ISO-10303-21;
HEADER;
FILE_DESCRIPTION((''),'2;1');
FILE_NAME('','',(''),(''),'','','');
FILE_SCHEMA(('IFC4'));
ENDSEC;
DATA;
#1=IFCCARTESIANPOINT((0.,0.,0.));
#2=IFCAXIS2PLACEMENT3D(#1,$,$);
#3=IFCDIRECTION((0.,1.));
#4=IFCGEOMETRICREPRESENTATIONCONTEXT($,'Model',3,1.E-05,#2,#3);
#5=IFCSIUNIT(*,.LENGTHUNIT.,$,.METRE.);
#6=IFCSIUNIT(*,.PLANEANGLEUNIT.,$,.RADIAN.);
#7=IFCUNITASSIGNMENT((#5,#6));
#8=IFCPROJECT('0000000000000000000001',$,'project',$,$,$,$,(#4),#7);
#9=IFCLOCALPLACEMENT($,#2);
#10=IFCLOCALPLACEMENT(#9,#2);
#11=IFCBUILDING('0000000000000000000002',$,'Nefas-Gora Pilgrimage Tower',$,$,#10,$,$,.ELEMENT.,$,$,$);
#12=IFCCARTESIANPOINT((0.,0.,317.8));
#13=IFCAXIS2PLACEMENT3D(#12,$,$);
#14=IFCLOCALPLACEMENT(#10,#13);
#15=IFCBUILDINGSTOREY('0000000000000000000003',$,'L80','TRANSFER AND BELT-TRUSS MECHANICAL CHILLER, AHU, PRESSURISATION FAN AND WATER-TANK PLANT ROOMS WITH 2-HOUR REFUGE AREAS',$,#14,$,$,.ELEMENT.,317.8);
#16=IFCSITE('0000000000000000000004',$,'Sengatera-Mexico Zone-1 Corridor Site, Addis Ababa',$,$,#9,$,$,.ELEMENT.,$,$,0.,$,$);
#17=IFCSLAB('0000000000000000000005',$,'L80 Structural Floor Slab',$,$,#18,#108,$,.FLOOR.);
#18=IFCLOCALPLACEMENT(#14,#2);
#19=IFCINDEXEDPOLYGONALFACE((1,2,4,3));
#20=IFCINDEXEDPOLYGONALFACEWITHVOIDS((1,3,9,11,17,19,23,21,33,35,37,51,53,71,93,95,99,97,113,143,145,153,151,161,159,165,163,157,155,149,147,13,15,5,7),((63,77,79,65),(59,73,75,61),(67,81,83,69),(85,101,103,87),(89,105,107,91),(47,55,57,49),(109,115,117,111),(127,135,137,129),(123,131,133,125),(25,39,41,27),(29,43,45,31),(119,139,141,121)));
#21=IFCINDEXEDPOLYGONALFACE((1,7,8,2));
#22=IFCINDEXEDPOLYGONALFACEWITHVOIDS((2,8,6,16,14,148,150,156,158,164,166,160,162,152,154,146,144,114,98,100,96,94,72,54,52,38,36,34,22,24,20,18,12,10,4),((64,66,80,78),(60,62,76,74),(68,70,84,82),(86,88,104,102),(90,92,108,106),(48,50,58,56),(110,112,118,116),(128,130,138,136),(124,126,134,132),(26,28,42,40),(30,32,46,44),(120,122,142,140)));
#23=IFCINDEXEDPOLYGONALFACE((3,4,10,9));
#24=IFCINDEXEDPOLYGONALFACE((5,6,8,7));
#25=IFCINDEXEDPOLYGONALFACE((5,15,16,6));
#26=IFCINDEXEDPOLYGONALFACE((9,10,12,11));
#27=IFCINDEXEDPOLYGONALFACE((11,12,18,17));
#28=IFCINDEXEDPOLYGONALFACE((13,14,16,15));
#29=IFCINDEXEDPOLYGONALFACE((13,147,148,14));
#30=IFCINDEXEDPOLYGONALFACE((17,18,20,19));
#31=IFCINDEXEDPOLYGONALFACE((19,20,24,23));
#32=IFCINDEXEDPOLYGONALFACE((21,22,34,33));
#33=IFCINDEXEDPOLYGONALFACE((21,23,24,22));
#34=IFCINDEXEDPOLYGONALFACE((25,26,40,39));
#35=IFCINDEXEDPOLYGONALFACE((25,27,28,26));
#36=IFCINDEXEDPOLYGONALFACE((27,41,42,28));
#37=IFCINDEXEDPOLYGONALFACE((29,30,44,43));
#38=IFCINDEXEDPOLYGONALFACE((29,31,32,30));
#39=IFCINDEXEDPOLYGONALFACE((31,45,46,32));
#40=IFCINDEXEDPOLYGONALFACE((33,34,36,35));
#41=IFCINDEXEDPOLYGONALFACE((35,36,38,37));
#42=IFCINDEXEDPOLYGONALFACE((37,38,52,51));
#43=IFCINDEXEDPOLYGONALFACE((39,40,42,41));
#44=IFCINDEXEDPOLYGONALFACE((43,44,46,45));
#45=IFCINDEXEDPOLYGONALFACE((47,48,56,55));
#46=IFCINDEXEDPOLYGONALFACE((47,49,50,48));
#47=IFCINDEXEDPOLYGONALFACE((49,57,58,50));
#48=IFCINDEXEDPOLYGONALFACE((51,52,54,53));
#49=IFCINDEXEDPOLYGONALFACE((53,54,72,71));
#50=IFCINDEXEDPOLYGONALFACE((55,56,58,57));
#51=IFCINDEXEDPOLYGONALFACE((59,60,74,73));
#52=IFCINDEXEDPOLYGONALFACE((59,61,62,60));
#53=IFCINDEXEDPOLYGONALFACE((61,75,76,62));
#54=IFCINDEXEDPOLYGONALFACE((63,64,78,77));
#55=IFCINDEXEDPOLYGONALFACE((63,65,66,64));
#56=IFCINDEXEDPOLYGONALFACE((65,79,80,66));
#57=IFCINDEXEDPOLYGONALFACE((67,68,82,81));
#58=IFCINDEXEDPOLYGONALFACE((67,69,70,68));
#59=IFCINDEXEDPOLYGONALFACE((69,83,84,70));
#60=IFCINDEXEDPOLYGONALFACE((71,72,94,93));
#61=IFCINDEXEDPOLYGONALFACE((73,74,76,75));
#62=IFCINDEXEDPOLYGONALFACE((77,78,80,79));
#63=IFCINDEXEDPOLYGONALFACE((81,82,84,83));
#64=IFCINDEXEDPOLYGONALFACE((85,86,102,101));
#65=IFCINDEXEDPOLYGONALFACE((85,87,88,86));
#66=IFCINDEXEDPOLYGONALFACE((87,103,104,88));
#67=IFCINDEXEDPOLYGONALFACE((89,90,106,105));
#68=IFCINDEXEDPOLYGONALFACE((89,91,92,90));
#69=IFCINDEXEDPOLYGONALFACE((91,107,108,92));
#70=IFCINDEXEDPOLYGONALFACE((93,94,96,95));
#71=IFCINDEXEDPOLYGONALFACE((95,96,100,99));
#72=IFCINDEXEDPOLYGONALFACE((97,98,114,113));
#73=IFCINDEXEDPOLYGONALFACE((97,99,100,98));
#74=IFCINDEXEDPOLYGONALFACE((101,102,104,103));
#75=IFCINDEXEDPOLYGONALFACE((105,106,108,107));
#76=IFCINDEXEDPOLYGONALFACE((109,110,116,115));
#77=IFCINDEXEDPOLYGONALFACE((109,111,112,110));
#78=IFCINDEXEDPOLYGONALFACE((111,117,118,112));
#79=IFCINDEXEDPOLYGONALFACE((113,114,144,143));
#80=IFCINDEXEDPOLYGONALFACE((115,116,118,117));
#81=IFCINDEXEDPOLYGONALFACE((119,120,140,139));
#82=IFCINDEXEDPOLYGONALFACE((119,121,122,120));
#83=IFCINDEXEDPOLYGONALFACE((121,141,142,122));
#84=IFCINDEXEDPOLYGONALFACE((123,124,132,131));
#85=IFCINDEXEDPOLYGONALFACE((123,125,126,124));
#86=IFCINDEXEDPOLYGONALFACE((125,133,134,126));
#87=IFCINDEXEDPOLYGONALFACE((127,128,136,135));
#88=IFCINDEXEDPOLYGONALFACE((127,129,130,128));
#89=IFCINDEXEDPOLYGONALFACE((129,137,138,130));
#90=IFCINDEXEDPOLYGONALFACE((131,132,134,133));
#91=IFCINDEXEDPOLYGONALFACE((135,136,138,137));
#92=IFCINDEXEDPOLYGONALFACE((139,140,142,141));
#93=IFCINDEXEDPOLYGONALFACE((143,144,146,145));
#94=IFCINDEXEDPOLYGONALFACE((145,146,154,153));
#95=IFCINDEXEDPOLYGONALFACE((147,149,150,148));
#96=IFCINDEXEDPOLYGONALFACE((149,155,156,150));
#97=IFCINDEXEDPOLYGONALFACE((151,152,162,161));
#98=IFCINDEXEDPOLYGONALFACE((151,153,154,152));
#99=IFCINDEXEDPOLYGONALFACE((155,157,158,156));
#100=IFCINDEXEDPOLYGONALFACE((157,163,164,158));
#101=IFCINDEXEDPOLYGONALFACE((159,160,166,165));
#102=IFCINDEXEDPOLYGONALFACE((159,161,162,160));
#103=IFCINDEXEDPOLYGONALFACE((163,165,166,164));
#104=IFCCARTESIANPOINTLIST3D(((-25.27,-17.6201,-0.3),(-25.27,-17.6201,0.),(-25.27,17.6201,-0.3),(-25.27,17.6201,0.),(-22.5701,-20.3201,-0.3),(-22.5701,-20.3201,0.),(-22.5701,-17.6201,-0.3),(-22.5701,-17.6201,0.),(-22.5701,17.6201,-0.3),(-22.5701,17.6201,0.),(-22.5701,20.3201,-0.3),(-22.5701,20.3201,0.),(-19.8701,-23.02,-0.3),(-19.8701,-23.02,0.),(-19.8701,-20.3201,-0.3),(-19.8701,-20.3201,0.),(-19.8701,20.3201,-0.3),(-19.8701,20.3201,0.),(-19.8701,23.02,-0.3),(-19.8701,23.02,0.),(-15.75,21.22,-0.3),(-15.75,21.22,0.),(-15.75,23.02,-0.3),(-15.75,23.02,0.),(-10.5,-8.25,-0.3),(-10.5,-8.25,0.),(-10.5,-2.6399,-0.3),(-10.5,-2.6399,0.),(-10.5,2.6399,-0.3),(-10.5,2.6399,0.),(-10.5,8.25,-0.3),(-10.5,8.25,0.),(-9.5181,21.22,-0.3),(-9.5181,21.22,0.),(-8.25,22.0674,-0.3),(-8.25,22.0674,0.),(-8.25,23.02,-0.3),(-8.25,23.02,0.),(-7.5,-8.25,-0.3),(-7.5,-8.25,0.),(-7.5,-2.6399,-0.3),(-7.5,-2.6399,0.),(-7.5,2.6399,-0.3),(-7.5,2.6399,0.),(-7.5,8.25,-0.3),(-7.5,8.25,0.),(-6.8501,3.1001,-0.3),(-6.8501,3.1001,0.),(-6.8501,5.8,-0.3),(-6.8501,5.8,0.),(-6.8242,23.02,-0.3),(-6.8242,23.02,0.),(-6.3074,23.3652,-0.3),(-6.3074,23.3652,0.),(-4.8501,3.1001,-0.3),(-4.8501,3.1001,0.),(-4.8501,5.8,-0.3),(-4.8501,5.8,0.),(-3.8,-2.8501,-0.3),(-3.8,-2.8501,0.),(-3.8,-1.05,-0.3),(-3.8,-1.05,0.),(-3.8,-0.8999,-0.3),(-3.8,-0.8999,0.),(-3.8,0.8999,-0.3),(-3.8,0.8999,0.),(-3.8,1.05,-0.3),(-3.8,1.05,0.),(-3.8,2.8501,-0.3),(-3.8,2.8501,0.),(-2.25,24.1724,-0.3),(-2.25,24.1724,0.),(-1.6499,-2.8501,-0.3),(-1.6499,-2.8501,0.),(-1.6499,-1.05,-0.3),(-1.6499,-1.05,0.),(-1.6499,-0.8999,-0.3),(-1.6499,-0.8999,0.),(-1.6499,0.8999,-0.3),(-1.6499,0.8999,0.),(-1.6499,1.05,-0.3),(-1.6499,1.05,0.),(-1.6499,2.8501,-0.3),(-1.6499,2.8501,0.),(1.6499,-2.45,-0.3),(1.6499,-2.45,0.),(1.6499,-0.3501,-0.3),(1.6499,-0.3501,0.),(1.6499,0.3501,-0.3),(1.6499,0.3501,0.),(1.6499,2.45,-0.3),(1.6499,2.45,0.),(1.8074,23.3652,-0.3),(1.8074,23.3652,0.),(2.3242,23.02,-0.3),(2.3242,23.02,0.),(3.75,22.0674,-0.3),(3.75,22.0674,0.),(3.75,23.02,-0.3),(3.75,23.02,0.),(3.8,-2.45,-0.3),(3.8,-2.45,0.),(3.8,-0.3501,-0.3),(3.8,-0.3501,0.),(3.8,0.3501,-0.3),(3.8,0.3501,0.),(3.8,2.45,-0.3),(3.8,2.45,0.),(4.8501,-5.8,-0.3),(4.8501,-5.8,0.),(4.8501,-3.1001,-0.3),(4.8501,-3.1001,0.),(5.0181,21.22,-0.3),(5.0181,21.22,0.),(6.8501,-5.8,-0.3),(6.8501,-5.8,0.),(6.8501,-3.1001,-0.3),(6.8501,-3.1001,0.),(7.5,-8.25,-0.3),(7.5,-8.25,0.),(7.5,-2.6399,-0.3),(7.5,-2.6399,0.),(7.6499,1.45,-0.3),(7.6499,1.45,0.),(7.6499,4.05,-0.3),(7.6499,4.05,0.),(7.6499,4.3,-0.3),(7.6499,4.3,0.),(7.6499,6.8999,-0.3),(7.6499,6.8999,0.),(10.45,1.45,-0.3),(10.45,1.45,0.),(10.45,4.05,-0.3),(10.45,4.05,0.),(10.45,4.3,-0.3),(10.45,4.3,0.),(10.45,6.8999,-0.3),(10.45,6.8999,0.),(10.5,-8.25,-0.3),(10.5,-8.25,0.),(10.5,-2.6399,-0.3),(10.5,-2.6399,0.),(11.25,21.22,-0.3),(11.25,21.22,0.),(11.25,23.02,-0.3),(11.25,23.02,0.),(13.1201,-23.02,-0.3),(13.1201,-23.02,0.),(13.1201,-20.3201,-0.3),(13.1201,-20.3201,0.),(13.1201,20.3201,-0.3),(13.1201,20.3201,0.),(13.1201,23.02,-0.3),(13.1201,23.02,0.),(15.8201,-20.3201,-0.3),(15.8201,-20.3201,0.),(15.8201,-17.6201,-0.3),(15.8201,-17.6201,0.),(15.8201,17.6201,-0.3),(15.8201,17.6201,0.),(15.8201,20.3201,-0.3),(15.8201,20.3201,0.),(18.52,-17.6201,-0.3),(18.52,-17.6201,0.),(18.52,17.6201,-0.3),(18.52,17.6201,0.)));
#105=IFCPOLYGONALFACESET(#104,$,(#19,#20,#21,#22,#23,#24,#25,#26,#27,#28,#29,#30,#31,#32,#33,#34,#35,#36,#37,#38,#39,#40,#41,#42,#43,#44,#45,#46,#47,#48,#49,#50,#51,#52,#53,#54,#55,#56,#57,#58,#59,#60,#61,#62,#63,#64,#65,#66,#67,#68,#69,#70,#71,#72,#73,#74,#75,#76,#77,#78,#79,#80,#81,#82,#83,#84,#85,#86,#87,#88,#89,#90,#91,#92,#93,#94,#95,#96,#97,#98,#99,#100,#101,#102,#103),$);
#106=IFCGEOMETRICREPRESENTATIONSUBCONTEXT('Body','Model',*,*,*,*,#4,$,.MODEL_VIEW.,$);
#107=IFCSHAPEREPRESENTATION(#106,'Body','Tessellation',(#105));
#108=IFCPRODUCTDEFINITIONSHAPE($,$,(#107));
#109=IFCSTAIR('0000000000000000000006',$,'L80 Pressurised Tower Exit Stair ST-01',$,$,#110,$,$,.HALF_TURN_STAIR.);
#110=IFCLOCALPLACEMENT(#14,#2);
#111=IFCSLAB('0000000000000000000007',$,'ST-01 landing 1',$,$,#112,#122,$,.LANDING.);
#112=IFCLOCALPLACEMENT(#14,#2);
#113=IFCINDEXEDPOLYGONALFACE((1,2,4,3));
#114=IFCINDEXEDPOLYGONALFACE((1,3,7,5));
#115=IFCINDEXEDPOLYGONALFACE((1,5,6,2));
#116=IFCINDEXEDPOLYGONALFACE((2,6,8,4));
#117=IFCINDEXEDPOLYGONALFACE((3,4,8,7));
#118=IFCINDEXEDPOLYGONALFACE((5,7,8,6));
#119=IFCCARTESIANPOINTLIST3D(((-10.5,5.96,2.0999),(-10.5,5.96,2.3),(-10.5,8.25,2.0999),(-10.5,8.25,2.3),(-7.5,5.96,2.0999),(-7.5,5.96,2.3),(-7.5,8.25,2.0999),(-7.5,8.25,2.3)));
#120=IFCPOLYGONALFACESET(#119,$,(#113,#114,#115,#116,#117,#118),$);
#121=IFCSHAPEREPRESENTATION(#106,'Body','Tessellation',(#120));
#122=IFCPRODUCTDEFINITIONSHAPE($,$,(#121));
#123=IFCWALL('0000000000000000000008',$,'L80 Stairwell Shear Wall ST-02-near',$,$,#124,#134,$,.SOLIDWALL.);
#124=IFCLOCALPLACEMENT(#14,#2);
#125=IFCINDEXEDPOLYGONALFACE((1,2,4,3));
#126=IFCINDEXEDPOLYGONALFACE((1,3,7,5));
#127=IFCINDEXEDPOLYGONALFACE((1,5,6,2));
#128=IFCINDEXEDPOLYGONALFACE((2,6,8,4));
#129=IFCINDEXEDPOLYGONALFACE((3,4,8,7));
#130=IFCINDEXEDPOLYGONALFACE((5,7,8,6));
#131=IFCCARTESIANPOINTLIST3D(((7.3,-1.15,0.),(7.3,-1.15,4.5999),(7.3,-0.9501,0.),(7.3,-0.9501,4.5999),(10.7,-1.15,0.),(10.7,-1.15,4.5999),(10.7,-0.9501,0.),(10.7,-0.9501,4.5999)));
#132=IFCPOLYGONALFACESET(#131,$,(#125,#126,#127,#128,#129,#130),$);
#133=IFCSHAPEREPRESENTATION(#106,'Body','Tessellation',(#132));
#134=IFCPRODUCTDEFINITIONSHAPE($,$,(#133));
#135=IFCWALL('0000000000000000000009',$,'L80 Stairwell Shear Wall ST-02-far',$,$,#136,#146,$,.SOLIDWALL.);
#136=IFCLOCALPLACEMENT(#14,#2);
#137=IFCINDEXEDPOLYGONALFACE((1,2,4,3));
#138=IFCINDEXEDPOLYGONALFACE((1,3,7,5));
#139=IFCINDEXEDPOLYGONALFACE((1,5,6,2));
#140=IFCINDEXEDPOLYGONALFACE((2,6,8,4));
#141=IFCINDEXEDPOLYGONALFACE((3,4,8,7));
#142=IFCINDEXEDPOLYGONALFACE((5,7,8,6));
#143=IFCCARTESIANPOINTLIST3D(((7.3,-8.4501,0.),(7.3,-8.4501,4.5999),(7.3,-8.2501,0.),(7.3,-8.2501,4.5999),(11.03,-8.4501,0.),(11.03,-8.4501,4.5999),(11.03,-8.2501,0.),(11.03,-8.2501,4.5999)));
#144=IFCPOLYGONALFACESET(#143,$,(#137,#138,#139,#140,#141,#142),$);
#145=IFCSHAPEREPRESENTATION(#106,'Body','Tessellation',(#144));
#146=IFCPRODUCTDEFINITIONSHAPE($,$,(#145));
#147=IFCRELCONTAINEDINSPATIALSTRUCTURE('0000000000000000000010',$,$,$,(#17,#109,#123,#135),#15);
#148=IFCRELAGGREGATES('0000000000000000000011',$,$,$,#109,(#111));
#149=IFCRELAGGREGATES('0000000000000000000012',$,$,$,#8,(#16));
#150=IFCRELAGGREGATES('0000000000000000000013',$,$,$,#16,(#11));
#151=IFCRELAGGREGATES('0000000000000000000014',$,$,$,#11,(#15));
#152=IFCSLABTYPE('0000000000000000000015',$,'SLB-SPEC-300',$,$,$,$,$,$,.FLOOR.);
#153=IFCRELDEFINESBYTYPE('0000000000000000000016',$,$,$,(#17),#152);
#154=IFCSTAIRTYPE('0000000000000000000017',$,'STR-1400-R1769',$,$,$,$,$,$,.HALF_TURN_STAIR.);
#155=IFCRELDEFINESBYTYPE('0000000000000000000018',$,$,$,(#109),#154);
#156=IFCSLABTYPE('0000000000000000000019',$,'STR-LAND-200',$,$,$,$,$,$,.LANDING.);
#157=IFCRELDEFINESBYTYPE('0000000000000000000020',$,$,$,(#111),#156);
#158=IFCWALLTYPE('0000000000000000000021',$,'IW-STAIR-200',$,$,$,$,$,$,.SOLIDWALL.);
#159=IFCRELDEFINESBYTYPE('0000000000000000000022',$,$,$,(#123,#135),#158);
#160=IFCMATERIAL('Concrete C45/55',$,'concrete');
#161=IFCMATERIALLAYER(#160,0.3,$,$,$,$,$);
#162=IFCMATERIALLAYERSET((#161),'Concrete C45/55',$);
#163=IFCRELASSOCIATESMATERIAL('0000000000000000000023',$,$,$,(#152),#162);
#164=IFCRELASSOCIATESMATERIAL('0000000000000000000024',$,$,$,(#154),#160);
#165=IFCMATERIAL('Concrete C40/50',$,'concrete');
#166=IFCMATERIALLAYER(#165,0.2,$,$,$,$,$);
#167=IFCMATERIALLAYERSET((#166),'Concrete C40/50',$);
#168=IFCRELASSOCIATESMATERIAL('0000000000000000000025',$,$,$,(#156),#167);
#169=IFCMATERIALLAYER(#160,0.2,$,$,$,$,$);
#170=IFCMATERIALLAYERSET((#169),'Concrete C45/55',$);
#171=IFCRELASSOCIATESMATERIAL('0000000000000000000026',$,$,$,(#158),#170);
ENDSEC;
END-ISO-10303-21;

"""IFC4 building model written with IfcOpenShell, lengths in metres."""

from ifc_helpers import new_model, si_unit, direction, frame, frame_2d, origin, place, context, subcontext, project, spatial, polyline, rectangle, outline, extrude, source, transform, mapped, material, layer, layer_set, type_object, element, aggregate, save


model = new_model("IFC4")

# Units and contexts
model_context = context("Model", 3, precision=1e-05, world=origin(), true_north=direction((0.0, 1.0)))
body_context = subcontext(model_context, "Body", "Model", "MODEL_VIEW")
ifc_project = project(units=[si_unit("LENGTHUNIT", "METRE"), si_unit("PLANEANGLEUNIT", "RADIAN")], contexts=[model_context])

# Site, building, storey
site_placement = place(None, origin())
site = spatial("IfcSite", under=ifc_project, at=site_placement, Name="Sengatera-Mexico Zone-1 Corridor Site, Addis Ababa", CompositionType="ELEMENT", RefElevation=0.0)
building_placement = place(site_placement, origin())
building = spatial("IfcBuilding", under=site, at=building_placement, Name="Nefas-Gora Pilgrimage Tower", CompositionType="ELEMENT")
storey_placement = place(building_placement, frame((0.0, 0.0, 317.8)))
storey = spatial("IfcBuildingStorey", under=building, at=storey_placement, Name="L80", Description="TRANSFER AND BELT-TRUSS MECHANICAL CHILLER, AHU, PRESSURISATION FAN AND WATER-TANK PLANT ROOMS WITH 2-HOUR REFUGE AREAS", CompositionType="ELEMENT", Elevation=317.8)

# Slab
ifc_material_1 = material(Name="Concrete C45/55", Category="concrete")
ifc_layer_1 = layer(ifc_material_1, 0.3)
ifc_layer_set_1 = layer_set([ifc_layer_1], Name="Concrete C45/55")
slab_type_1 = type_object("IfcSlabType", Name="SLB-SPEC-300", PredefinedType="FLOOR", material=ifc_layer_set_1)
slab_1_placement = place(storey_placement, frame((0.0, 0.0, -0.3)))
element("IfcSlab", 1, at=slab_1_placement, inside=storey, type_object=slab_type_1, Name="L80 Structural Floor Slab", PredefinedType="FLOOR", context=body_context, shape_type="SweptSolid", body=[
    extrude(outline(polyline([(15.8201, -17.6201), (18.52, -17.6201), (18.52, 17.6201), (15.8201, 17.6201), (15.8201, 20.3201), (13.1201, 20.3201), (13.1201, 23.02), (11.25, 23.02), (11.25, 21.22), (5.0181, 21.22), (3.75, 22.0674), (3.75, 23.02), (2.3242, 23.02), (1.8074, 23.3652), (-2.25, 24.1724), (-6.3074, 23.3652), (-6.8242, 23.02), (-8.25, 23.02), (-8.25, 22.0674), (-9.5181, 21.22), (-15.75, 21.22), (-15.75, 23.02), (-19.8701, 23.02), (-19.8701, 20.3201), (-22.5701, 20.3201), (-22.5701, 17.6201), (-25.27, 17.6201), (-25.27, -17.6201), (-22.5701, -17.6201), (-22.5701, -20.3201), (-19.8701, -20.3201), (-19.8701, -23.02), (13.1201, -23.02), (13.1201, -20.3201), (15.8201, -20.3201), (15.8201, -17.6201)]), holes=[polyline([(-10.5, 2.6399), (-10.5, 8.25), (-7.5, 8.25), (-7.5, 2.6399), (-10.5, 2.6399)]), polyline([(10.5, -2.6399), (10.5, -8.25), (7.5, -8.25), (7.5, -2.6399), (10.5, -2.6399)]), polyline([(-7.5, -2.6399), (-7.5, -8.25), (-10.5, -8.25), (-10.5, -2.6399), (-7.5, -2.6399)]), polyline([(-6.8501, 5.8), (-4.8501, 5.8), (-4.8501, 3.1001), (-6.8501, 3.1001), (-6.8501, 5.8)]), polyline([(4.8501, -3.1001), (6.8501, -3.1001), (6.8501, -5.8), (4.8501, -5.8), (4.8501, -3.1001)]), polyline([(7.6499, 4.05), (10.45, 4.05), (10.45, 1.45), (7.6499, 1.45), (7.6499, 4.05)]), polyline([(7.6499, 6.8999), (10.45, 6.8999), (10.45, 4.3), (7.6499, 4.3), (7.6499, 6.8999)]), polyline([(-3.8, -1.05), (-1.6499, -1.05), (-1.6499, -2.8501), (-3.8, -2.8501), (-3.8, -1.05)]), polyline([(-3.8, 0.8999), (-1.6499, 0.8999), (-1.6499, -0.8999), (-3.8, -0.8999), (-3.8, 0.8999)]), polyline([(-3.8, 2.8501), (-1.6499, 2.8501), (-1.6499, 1.05), (-3.8, 1.05), (-3.8, 2.8501)]), polyline([(1.6499, -0.3501), (3.8, -0.3501), (3.8, -2.45), (1.6499, -2.45), (1.6499, -0.3501)]), polyline([(1.6499, 2.45), (3.8, 2.45), (3.8, 0.3501), (1.6499, 0.3501), (1.6499, 2.45)])]), origin(), (0.0, 0.0, 1.0), 0.3),
])

# Stair, slab
stair_type = type_object("IfcStairType", Name="STR-1400-R1769", PredefinedType="HALF_TURN_STAIR", material=ifc_material_1)
stair_1_placement = place(storey_placement, origin())
stair_1 = element("IfcStair", 2, at=stair_1_placement, inside=storey, type_object=stair_type, Name="L80 Pressurised Tower Exit Stair ST-01", PredefinedType="HALF_TURN_STAIR")
ifc_material_2 = material(Name="Concrete C40/50", Category="concrete")
ifc_layer_2 = layer(ifc_material_2, 0.2)
ifc_layer_set_2 = layer_set([ifc_layer_2], Name="Concrete C40/50")
slab_type_2 = type_object("IfcSlabType", Name="STR-LAND-200", PredefinedType="LANDING", material=ifc_layer_set_2)
slab_2_placement = place(storey_placement, frame((0.0, 0.0, 2.0999)))
slab_2 = element("IfcSlab", 3, at=slab_2_placement, type_object=slab_type_2, Name="ST-01 landing 1", PredefinedType="LANDING", context=body_context, shape_type="SweptSolid", body=[
    extrude(outline(polyline([(-7.5, 5.96), (-7.5, 8.25), (-10.5, 8.25), (-10.5, 5.96), (-7.5, 5.96)])), origin(), (0.0, 0.0, 1.0), 0.2002),
])
aggregate(stair_1, [slab_2])

# Walls
ifc_layer_3 = layer(ifc_material_1, 0.2)
ifc_layer_set_3 = layer_set([ifc_layer_3], Name="Concrete C45/55")
wall_type_1 = type_object("IfcWallType", Name="IW-STAIR-200", PredefinedType="SOLIDWALL", material=ifc_layer_set_3)
shared_shape_1 = source(origin(), body_context, "Body", "SweptSolid", [
    extrude(rectangle(XDim=3.3999, YDim=0.2, at=frame_2d((1.7, 0.0))), origin(), (0.0, 0.0, 1.0), 4.5999),
])
wall_1_placement = place(storey_placement, frame((7.3, -1.05, 0.0), z_axis=(0.0, 0.0, 1.0), x_axis=(1.0, 0.0, 0.0)))
element("IfcWall", 4, at=wall_1_placement, inside=storey, type_object=wall_type_1, Name="L80 Stairwell Shear Wall ST-02-near", PredefinedType="SOLIDWALL", context=body_context, shape_type="MappedRepresentation", body=[
    mapped(shared_shape_1, transform((0.0, 0.0, 0.0), x_axis=(1.0, 0.0, 0.0), y_axis=(0.0, 1.0, 0.0), z_axis=(0.0, 0.0, 1.0), scale=1.0)),
])
shared_shape_2 = source(origin(), body_context, "Body", "SweptSolid", [
    extrude(rectangle(XDim=3.73, YDim=0.2, at=frame_2d((1.865, 0.0))), origin(), (0.0, 0.0, 1.0), 4.5999),
])
wall_2_placement = place(storey_placement, frame((7.3, -8.3501, 0.0), z_axis=(0.0, 0.0, 1.0), x_axis=(1.0, 0.0, 0.0)))
element("IfcWall", 5, at=wall_2_placement, inside=storey, type_object=wall_type_1, Name="L80 Stairwell Shear Wall ST-02-far", PredefinedType="SOLIDWALL", context=body_context, shape_type="MappedRepresentation", body=[
    mapped(shared_shape_2, transform((0.0, 0.0, 0.0), x_axis=(1.0, 0.0, 0.0), y_axis=(0.0, 1.0, 0.0), z_axis=(0.0, 0.0, 1.0), scale=1.0)),
])

save(model, "model.ifc")
